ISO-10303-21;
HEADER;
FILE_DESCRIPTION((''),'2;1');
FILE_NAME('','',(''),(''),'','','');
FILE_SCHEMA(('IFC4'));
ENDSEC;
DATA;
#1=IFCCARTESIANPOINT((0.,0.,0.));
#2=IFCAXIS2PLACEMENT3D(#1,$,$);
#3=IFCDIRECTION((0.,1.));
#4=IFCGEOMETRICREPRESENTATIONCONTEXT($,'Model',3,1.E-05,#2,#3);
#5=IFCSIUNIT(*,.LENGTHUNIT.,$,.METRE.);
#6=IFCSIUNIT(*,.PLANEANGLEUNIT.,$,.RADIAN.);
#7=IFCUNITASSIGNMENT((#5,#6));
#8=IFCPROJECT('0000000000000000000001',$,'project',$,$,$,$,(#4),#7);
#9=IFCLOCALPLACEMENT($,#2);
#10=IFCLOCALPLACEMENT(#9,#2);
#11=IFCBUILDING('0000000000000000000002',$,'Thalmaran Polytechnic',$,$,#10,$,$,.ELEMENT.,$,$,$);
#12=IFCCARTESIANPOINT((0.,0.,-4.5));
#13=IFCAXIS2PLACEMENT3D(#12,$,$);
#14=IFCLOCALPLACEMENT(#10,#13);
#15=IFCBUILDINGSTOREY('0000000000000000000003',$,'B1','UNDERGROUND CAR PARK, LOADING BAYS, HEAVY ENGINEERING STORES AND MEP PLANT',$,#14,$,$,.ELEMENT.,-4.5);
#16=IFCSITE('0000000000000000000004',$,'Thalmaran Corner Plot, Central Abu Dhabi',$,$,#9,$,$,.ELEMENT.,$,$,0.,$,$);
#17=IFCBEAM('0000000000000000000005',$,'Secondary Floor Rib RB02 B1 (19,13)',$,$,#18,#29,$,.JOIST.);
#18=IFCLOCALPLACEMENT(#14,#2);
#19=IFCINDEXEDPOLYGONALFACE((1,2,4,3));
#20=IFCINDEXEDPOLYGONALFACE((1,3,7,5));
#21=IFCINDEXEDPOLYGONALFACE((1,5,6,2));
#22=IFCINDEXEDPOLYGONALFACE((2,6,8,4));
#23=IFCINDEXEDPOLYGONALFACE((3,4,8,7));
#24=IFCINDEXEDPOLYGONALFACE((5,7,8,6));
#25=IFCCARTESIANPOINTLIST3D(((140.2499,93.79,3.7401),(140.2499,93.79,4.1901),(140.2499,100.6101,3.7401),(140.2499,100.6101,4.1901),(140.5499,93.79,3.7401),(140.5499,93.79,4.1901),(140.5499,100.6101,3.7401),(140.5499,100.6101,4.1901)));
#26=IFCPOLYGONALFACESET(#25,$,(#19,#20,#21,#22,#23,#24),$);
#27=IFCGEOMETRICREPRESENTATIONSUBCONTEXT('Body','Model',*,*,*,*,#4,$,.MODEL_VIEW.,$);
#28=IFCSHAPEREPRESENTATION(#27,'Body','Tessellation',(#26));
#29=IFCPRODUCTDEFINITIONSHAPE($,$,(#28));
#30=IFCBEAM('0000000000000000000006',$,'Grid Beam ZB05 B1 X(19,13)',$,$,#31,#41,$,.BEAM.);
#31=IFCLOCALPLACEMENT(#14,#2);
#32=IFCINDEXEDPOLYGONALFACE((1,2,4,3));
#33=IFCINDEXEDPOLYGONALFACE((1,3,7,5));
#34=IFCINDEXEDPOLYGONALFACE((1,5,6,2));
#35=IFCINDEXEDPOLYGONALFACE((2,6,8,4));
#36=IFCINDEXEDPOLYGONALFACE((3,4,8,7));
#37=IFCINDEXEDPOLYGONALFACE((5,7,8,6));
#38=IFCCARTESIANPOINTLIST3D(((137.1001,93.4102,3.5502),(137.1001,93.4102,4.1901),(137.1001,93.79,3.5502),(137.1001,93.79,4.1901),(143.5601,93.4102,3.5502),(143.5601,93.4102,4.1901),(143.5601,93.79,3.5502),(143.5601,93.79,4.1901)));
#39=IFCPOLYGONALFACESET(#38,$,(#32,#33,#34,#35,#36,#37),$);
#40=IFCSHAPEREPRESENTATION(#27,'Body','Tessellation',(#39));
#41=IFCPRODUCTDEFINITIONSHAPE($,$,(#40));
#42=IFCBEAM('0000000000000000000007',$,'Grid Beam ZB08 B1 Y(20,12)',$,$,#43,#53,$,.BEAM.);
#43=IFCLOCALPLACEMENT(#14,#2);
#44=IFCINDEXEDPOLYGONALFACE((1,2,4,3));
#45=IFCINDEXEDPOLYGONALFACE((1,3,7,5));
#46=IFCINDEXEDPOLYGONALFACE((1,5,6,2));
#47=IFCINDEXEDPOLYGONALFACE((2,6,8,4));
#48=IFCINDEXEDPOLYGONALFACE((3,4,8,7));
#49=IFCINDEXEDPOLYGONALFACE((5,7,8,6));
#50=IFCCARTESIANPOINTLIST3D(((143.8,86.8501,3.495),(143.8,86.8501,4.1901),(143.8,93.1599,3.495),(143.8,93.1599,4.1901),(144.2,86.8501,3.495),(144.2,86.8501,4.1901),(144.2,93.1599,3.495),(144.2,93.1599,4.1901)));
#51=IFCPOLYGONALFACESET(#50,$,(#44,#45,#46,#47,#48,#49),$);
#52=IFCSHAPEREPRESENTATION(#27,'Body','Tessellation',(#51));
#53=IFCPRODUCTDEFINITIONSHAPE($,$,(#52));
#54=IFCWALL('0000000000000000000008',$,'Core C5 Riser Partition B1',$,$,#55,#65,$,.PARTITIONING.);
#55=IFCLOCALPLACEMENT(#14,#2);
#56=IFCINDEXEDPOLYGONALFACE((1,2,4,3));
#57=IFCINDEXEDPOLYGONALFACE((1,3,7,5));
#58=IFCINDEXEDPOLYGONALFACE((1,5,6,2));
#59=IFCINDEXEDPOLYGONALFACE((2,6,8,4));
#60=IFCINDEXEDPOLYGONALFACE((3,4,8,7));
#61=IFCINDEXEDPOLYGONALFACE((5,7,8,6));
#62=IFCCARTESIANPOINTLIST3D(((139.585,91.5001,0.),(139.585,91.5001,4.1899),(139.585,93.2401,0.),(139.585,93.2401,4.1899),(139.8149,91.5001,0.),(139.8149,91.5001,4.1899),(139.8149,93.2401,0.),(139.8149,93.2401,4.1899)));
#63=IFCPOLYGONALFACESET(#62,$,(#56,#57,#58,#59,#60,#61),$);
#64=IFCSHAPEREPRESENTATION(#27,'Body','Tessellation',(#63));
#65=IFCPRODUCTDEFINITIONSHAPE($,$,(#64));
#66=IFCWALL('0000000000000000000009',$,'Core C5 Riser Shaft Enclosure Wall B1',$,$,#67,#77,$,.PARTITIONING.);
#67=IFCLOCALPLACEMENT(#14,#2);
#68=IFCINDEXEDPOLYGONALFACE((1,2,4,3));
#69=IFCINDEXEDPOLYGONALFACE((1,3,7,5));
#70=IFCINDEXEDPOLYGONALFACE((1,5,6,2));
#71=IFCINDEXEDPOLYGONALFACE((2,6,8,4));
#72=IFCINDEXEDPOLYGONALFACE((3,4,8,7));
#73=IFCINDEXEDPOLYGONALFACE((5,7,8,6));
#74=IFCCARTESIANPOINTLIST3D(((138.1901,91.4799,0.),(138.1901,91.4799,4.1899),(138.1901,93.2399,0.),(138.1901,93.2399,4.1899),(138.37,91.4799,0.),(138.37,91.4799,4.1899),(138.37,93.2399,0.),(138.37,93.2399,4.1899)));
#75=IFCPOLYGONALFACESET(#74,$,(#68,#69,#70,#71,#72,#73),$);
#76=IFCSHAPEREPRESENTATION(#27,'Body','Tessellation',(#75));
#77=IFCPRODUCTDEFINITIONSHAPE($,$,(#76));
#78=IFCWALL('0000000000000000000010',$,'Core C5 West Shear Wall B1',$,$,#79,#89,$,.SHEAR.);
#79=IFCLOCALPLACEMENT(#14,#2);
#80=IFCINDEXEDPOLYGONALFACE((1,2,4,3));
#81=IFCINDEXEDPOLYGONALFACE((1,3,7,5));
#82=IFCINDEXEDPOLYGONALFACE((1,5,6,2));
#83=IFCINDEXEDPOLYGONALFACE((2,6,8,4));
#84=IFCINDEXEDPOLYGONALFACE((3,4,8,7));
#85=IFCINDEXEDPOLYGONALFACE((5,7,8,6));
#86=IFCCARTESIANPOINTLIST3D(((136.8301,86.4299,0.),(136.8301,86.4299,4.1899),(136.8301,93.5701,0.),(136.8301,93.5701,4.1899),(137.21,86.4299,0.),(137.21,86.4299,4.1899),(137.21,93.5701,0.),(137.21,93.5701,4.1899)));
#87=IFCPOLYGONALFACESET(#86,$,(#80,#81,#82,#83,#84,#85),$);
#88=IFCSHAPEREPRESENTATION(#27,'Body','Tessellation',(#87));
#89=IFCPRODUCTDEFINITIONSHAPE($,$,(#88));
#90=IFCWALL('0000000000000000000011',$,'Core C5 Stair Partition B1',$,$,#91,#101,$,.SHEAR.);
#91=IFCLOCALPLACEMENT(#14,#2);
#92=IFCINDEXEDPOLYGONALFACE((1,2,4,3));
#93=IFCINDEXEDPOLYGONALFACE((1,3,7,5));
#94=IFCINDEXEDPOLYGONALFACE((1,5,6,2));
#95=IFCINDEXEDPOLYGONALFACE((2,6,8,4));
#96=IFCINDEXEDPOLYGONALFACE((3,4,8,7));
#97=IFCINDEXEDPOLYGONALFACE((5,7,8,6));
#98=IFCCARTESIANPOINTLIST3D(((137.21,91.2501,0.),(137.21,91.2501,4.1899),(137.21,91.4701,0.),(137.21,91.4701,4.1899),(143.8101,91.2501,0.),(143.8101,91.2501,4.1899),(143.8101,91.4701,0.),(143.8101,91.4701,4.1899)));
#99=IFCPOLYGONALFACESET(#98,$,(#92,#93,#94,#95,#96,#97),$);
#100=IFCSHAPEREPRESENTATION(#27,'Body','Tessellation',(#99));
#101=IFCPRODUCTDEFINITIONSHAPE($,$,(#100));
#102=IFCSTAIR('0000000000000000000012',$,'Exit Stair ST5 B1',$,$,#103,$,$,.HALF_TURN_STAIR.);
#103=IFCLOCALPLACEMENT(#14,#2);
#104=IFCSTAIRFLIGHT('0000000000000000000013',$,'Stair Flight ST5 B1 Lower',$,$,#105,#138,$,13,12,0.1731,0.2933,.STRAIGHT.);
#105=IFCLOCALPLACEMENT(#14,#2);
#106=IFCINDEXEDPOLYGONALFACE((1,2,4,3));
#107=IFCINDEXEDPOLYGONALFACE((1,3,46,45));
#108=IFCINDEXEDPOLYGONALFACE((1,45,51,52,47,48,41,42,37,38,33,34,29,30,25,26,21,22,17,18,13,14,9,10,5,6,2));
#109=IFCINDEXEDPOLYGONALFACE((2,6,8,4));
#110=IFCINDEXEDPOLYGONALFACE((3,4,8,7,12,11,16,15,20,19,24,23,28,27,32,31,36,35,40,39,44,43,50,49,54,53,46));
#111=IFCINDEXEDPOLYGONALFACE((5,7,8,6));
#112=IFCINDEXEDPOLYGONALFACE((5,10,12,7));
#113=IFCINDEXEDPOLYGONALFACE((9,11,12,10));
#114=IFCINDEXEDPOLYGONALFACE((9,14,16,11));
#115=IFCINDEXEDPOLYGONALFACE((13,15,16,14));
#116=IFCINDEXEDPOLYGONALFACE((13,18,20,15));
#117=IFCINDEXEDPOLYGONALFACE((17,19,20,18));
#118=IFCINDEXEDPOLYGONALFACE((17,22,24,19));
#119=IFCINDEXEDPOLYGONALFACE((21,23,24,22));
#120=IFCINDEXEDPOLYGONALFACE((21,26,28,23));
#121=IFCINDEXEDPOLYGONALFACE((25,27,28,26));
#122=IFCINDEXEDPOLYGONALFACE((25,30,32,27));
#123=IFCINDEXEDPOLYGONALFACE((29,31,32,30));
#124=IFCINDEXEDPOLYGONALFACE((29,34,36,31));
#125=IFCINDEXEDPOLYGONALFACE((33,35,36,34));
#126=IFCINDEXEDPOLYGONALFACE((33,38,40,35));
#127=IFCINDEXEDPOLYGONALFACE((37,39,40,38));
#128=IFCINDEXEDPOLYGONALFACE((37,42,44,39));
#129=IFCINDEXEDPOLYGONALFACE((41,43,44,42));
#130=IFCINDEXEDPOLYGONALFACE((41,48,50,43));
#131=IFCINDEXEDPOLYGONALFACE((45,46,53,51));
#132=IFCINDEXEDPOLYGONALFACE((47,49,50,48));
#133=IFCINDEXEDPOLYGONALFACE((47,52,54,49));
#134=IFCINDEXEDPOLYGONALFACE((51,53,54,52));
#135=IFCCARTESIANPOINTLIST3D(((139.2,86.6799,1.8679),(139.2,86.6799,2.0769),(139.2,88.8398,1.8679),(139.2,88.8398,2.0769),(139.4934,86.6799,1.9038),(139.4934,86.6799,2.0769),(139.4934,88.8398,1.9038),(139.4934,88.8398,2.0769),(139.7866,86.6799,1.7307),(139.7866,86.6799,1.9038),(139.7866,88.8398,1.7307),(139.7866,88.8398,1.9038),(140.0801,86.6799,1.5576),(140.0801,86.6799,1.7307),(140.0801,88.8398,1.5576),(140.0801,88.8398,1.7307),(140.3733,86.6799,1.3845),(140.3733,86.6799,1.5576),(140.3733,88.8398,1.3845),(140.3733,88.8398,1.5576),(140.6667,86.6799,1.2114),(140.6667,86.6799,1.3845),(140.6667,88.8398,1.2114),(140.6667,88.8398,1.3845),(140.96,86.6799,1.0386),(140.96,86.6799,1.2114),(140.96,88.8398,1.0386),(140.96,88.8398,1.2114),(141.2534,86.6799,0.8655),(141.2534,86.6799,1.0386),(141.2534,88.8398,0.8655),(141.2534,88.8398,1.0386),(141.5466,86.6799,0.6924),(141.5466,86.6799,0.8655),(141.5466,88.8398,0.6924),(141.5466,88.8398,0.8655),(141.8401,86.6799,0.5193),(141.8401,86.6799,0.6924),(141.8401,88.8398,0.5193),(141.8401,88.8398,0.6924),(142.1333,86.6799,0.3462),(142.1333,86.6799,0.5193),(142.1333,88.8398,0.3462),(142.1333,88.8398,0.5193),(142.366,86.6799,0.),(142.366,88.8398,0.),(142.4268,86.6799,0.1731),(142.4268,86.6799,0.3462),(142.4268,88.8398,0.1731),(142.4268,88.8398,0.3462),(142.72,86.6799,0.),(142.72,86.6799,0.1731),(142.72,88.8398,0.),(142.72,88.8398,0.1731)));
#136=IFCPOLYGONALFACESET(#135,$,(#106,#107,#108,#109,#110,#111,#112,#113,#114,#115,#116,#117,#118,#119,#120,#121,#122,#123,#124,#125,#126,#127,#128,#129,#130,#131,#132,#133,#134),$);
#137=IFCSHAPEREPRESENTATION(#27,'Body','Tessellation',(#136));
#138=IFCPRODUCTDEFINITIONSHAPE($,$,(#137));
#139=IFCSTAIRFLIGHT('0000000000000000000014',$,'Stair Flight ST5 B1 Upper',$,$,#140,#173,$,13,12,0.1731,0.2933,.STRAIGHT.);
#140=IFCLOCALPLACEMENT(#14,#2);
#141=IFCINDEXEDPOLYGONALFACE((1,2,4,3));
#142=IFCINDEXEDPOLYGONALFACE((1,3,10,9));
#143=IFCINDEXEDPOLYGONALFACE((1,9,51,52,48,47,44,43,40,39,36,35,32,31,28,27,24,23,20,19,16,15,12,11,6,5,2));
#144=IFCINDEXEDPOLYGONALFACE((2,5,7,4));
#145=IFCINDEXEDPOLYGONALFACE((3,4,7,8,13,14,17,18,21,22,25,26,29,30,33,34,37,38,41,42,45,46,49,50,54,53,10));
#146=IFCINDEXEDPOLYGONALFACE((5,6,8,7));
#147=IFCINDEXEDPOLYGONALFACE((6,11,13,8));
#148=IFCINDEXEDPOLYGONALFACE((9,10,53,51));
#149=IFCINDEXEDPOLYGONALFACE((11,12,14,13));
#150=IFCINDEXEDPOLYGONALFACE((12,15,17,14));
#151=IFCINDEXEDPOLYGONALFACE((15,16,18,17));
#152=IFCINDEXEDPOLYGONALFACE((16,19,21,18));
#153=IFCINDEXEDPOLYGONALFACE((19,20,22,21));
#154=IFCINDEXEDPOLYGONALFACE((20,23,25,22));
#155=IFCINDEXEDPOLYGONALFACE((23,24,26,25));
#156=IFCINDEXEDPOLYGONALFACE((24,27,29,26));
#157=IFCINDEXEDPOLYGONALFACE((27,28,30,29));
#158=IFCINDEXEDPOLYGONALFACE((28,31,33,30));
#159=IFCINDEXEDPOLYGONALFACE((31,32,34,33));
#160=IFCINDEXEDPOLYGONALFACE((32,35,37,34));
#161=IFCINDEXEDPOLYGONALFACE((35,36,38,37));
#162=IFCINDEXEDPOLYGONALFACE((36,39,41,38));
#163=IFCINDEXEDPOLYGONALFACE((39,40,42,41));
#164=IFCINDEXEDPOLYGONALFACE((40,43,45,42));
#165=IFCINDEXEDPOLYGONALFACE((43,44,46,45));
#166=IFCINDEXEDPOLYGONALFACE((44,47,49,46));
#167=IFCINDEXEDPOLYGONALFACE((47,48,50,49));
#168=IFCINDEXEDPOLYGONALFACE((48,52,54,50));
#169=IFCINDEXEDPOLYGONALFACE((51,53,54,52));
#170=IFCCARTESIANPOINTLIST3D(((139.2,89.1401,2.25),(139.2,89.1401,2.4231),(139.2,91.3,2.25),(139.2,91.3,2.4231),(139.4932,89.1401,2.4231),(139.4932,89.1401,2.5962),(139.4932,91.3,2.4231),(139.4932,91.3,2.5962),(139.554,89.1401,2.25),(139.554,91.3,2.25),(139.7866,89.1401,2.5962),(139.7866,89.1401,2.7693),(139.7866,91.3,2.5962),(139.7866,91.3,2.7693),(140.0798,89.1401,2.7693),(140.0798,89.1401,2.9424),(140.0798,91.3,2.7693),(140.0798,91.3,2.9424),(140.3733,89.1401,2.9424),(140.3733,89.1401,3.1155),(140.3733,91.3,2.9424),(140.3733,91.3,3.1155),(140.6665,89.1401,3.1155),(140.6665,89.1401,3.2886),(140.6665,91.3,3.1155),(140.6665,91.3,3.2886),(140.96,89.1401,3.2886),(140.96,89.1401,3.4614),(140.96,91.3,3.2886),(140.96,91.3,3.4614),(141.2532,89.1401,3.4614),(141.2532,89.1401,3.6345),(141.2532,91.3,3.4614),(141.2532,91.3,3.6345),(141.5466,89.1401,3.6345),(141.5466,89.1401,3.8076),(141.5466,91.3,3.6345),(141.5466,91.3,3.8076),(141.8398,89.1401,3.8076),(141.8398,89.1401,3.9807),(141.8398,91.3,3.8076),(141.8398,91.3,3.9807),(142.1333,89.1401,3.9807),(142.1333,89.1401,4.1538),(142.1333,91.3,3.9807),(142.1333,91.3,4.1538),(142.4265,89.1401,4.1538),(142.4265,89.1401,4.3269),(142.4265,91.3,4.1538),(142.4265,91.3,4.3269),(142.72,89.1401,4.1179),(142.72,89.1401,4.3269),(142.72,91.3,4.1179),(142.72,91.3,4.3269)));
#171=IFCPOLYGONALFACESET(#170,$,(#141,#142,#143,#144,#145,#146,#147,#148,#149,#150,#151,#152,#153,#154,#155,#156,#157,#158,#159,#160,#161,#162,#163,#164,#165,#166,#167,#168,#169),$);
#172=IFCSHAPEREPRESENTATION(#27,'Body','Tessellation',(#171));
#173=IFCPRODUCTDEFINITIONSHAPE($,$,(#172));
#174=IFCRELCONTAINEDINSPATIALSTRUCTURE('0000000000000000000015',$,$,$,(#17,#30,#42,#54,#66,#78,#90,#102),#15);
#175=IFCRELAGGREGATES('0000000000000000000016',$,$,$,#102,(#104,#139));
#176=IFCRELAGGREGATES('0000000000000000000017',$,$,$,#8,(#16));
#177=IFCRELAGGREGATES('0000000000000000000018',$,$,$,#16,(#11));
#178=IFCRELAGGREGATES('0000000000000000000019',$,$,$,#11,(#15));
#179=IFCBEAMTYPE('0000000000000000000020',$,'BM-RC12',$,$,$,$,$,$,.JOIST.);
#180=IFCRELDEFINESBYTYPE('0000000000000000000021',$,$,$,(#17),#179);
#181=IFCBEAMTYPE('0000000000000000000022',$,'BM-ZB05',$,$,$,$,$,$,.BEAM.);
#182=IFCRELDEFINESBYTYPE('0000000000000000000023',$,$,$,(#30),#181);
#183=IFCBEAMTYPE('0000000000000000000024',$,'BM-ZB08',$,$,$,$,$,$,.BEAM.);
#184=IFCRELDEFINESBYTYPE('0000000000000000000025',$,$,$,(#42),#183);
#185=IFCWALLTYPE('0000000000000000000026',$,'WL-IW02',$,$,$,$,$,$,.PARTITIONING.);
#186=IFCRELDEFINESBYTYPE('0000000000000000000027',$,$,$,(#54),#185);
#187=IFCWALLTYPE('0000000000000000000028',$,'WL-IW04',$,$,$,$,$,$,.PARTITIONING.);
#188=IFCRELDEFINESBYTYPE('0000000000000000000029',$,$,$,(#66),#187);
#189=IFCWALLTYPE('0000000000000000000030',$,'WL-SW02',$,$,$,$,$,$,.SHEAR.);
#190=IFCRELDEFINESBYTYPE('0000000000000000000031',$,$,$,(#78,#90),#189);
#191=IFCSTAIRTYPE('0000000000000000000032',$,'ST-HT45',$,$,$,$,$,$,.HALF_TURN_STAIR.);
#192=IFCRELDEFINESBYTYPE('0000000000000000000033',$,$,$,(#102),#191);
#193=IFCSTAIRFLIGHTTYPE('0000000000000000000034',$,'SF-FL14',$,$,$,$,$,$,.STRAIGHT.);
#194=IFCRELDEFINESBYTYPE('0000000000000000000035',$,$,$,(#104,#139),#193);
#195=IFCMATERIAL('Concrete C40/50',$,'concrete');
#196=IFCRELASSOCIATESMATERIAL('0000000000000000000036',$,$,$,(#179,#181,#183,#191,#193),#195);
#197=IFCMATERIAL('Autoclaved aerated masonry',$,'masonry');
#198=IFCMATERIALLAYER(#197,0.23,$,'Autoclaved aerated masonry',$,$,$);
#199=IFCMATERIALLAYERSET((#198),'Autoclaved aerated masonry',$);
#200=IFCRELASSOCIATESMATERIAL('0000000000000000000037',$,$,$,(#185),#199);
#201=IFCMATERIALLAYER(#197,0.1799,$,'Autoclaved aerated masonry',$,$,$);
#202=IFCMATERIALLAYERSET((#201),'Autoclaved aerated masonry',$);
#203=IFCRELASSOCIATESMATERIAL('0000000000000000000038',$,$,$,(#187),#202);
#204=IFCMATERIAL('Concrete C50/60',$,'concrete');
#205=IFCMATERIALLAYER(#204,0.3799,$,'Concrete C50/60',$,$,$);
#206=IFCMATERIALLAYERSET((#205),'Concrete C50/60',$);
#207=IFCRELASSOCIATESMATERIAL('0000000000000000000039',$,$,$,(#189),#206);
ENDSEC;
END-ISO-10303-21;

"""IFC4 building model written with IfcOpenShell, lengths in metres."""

from ifc_helpers import new_model, si_unit, direction, frame, frame_2d, origin, origin_2d, place, context, subcontext, project, spatial, polyline, rectangle, outline, extrude, material, layer, layer_set, material_profile, profile_set, type_object, element, aggregate, save


model = new_model("IFC4")

# Units and contexts
model_context = context("Model", 3, precision=1e-05, world=origin(), true_north=direction((0.0, 1.0)))
body_context = subcontext(model_context, "Body", "Model", "MODEL_VIEW")
ifc_project = project(units=[si_unit("LENGTHUNIT", "METRE"), si_unit("PLANEANGLEUNIT", "RADIAN")], contexts=[model_context])

# Site, building, storey
site_placement = place(None, origin())
site = spatial("IfcSite", under=ifc_project, at=site_placement, Name="Thalmaran Corner Plot, Central Abu Dhabi", CompositionType="ELEMENT", RefElevation=0.0)
building_placement = place(site_placement, origin())
building = spatial("IfcBuilding", under=site, at=building_placement, Name="Thalmaran Polytechnic", CompositionType="ELEMENT")
storey_placement = place(building_placement, frame((0.0, 0.0, -4.5)))
storey = spatial("IfcBuildingStorey", under=building, at=storey_placement, Name="B1", Description="UNDERGROUND CAR PARK, LOADING BAYS, HEAVY ENGINEERING STORES AND MEP PLANT", CompositionType="ELEMENT", Elevation=-4.5)

# Shared definitions
ifc_material_1 = material(Name="Concrete C40/50", Category="concrete")

# Shared definitions
ifc_material_2 = material(Name="Concrete C50/60", Category="concrete")

# Beams
ifc_material_profile_1 = material_profile(ifc_material_1, rectangle(XDim=0.3, YDim=0.45, at=origin_2d()), Name="RC 300x450")
ifc_profile_set_1 = profile_set([ifc_material_profile_1], Name="Concrete C40/50")
beam_type_1 = type_object("IfcBeamType", Name="BM-RC12", PredefinedType="JOIST", material=ifc_profile_set_1)
beam_1_placement = place(storey_placement, frame((140.3999, 93.79, 3.9651), z_axis=(0.0, 1.0, 0.0), x_axis=(-1.0, 0.0, 0.0)))
element("IfcBeam", 1, at=beam_1_placement, inside=storey, type_object=beam_type_1, Name="Secondary Floor Rib RB02 B1 (19,13)", PredefinedType="JOIST", context=body_context, shape_type="SweptSolid", body=[
    extrude(rectangle(XDim=0.3, YDim=0.45, at=origin_2d()), origin(), (0.0, 0.0, 1.0), 6.8201),
])
ifc_material_profile_2 = material_profile(ifc_material_1, rectangle(XDim=0.3799, YDim=0.6399, at=origin_2d()), Name="RC 380x640")
ifc_profile_set_2 = profile_set([ifc_material_profile_2], Name="Concrete C40/50")
beam_type_2 = type_object("IfcBeamType", Name="BM-ZB05", PredefinedType="BEAM", material=ifc_profile_set_2)
beam_2_placement = place(storey_placement, frame((137.1001, 93.6001, 3.8701), z_axis=(1.0, 0.0, 0.0), x_axis=(0.0, 1.0, 0.0)))
element("IfcBeam", 2, at=beam_2_placement, inside=storey, type_object=beam_type_2, Name="Grid Beam ZB05 B1 X(19,13)", PredefinedType="BEAM", context=body_context, shape_type="SweptSolid", body=[
    extrude(rectangle(XDim=0.3799, YDim=0.6399, at=origin_2d()), origin(), (0.0, 0.0, 1.0), 6.46),
])
ifc_material_profile_3 = material_profile(ifc_material_1, rectangle(XDim=0.3999, YDim=0.6951, at=origin_2d()), Name="RC 400x695")
ifc_profile_set_3 = profile_set([ifc_material_profile_3], Name="Concrete C40/50")
beam_type_3 = type_object("IfcBeamType", Name="BM-ZB08", PredefinedType="BEAM", material=ifc_profile_set_3)
beam_3_placement = place(storey_placement, frame((144.0, 86.8501, 3.8425), z_axis=(0.0, 1.0, 0.0), x_axis=(-1.0, 0.0, 0.0)))
element("IfcBeam", 3, at=beam_3_placement, inside=storey, type_object=beam_type_3, Name="Grid Beam ZB08 B1 Y(20,12)", PredefinedType="BEAM", context=body_context, shape_type="SweptSolid", body=[
    extrude(rectangle(XDim=0.3999, YDim=0.6951, at=origin_2d()), origin(), (0.0, 0.0, 1.0), 6.3098),
])

# Walls
ifc_material_3 = material(Name="Autoclaved aerated masonry", Category="masonry")
ifc_layer_1 = layer(ifc_material_3, 0.23, Name="Autoclaved aerated masonry")
ifc_layer_set_1 = layer_set([ifc_layer_1], Name="Autoclaved aerated masonry")
wall_type_1 = type_object("IfcWallType", Name="WL-IW02", PredefinedType="PARTITIONING", material=ifc_layer_set_1)
wall_1_placement = place(storey_placement, frame((139.7, 91.5, 0.0), z_axis=(0.0, 0.0, 1.0), x_axis=(0.0, 1.0, 0.0)))
element("IfcWall", 4, at=wall_1_placement, inside=storey, type_object=wall_type_1, Name="Core C5 Riser Partition B1", PredefinedType="PARTITIONING", context=body_context, shape_type="SweptSolid", body=[
    extrude(rectangle(XDim=1.74, YDim=0.23, at=frame_2d((0.8701, 0.0))), origin(), (0.0, 0.0, 1.0), 4.1899),
])
ifc_layer_2 = layer(ifc_material_3, 0.1799, Name="Autoclaved aerated masonry")
ifc_layer_set_2 = layer_set([ifc_layer_2], Name="Autoclaved aerated masonry")
wall_type_2 = type_object("IfcWallType", Name="WL-IW04", PredefinedType="PARTITIONING", material=ifc_layer_set_2)
wall_2_placement = place(storey_placement, frame((138.28, 91.48, 0.0), z_axis=(0.0, 0.0, 1.0), x_axis=(0.0, 1.0, 0.0)))
element("IfcWall", 5, at=wall_2_placement, inside=storey, type_object=wall_type_2, Name="Core C5 Riser Shaft Enclosure Wall B1", PredefinedType="PARTITIONING", context=body_context, shape_type="SweptSolid", body=[
    extrude(rectangle(XDim=1.76, YDim=0.1799, at=frame_2d((0.8799, 0.0))), origin(), (0.0, 0.0, 1.0), 4.1899),
])
ifc_layer_3 = layer(ifc_material_2, 0.3799, Name="Concrete C50/60")
ifc_layer_set_3 = layer_set([ifc_layer_3], Name="Concrete C50/60")
wall_type_3 = type_object("IfcWallType", Name="WL-SW02", PredefinedType="SHEAR", material=ifc_layer_set_3)
wall_3_placement = place(storey_placement, frame((137.02, 93.5701, 0.0), z_axis=(0.0, 0.0, 1.0), x_axis=(0.0, -1.0, 0.0)))
element("IfcWall", 6, at=wall_3_placement, inside=storey, type_object=wall_type_3, Name="Core C5 West Shear Wall B1", PredefinedType="SHEAR", context=body_context, shape_type="SweptSolid", body=[
    extrude(rectangle(XDim=7.1401, YDim=0.3799, at=frame_2d((3.5701, 0.0))), origin(), (0.0, 0.0, 1.0), 4.1899),
])

# Wall
wall_4_placement = place(storey_placement, frame((137.21, 91.3601, 0.0), z_axis=(0.0, 0.0, 1.0), x_axis=(1.0, 0.0, 0.0)))
element("IfcWall", 7, at=wall_4_placement, inside=storey, type_object=wall_type_3, Name="Core C5 Stair Partition B1", PredefinedType="SHEAR", context=body_context, shape_type="SweptSolid", body=[
    extrude(rectangle(XDim=6.6001, YDim=0.22, at=frame_2d((3.3, 0.0))), origin(), (0.0, 0.0, 1.0), 4.1899),
])

# Stair, stair flights
stair_type = type_object("IfcStairType", Name="ST-HT45", PredefinedType="HALF_TURN_STAIR", material=ifc_material_1)
stair_placement = place(storey_placement, origin())
stair = element("IfcStair", 8, at=stair_placement, inside=storey, type_object=stair_type, Name="Exit Stair ST5 B1", PredefinedType="HALF_TURN_STAIR")
stair_flight_type = type_object("IfcStairFlightType", Name="SF-FL14", PredefinedType="STRAIGHT", material=ifc_material_1)
stair_flight_1_placement = place(storey_placement, frame((142.72, 87.76, 0.0), z_axis=(0.0, 0.0, 1.0), x_axis=(-1.0, 0.0, 0.0)))
stair_flight_1 = element("IfcStairFlight", 9, at=stair_flight_1_placement, type_object=stair_flight_type, Name="Stair Flight ST5 B1 Lower", NumberOfRisers=13, NumberOfTreads=12, PredefinedType="STRAIGHT", RiserHeight=0.1731, TreadLength=0.2933, context=body_context, shape_type="SweptSolid", body=[
    extrude(outline(polyline([(0.0, 0.0), (0.0, 0.1731), (0.2932, 0.1731), (0.2932, 0.3462), (0.5867, 0.3462), (0.5867, 0.5193), (0.8799, 0.5193), (0.8799, 0.6924), (1.1733, 0.6924), (1.1733, 0.8655), (1.4666, 0.8655), (1.4666, 1.0386), (1.76, 1.0386), (1.76, 1.2114), (2.0532, 1.2114), (2.0532, 1.3845), (2.3467, 1.3845), (2.3467, 1.5576), (2.6399, 1.5576), (2.6399, 1.7307), (2.9333, 1.7307), (2.9333, 1.9038), (3.2266, 1.9038), (3.2266, 2.0769), (3.52, 2.0769), (3.52, 2.25), (3.52, 1.8679), (0.354, 0.0), (0.0, 0.0)])), frame((0.0, 1.0801, 0.0), z_axis=(0.0, -1.0, 0.0), x_axis=(1.0, 0.0, 0.0)), (0.0, 0.0, 1.0), 2.1599),
])
stair_flight_2_placement = place(storey_placement, frame((139.2, 90.22, 2.25), z_axis=(0.0, 0.0, 1.0), x_axis=(1.0, 0.0, 0.0)))
stair_flight_2 = element("IfcStairFlight", 10, at=stair_flight_2_placement, type_object=stair_flight_type, Name="Stair Flight ST5 B1 Upper", NumberOfRisers=13, NumberOfTreads=12, PredefinedType="STRAIGHT", RiserHeight=0.1731, TreadLength=0.2933, context=body_context, shape_type="SweptSolid", body=[
    extrude(outline(polyline([(0.0, 0.0), (0.0, 0.1731), (0.2932, 0.1731), (0.2932, 0.3462), (0.5867, 0.3462), (0.5867, 0.5193), (0.8799, 0.5193), (0.8799, 0.6924), (1.1733, 0.6924), (1.1733, 0.8655), (1.4666, 0.8655), (1.4666, 1.0386), (1.76, 1.0386), (1.76, 1.2114), (2.0532, 1.2114), (2.0532, 1.3845), (2.3467, 1.3845), (2.3467, 1.5576), (2.6399, 1.5576), (2.6399, 1.7307), (2.9333, 1.7307), (2.9333, 1.9038), (3.2266, 1.9038), (3.2266, 2.0769), (3.52, 2.0769), (3.52, 2.25), (3.52, 1.8679), (0.354, 0.0), (0.0, 0.0)])), frame((0.0, 1.0801, 0.0), z_axis=(0.0, -1.0, 0.0), x_axis=(1.0, 0.0, 0.0)), (0.0, 0.0, 1.0), 2.1599),
])
aggregate(stair, [stair_flight_1, stair_flight_2])

save(model, "model.ifc")
